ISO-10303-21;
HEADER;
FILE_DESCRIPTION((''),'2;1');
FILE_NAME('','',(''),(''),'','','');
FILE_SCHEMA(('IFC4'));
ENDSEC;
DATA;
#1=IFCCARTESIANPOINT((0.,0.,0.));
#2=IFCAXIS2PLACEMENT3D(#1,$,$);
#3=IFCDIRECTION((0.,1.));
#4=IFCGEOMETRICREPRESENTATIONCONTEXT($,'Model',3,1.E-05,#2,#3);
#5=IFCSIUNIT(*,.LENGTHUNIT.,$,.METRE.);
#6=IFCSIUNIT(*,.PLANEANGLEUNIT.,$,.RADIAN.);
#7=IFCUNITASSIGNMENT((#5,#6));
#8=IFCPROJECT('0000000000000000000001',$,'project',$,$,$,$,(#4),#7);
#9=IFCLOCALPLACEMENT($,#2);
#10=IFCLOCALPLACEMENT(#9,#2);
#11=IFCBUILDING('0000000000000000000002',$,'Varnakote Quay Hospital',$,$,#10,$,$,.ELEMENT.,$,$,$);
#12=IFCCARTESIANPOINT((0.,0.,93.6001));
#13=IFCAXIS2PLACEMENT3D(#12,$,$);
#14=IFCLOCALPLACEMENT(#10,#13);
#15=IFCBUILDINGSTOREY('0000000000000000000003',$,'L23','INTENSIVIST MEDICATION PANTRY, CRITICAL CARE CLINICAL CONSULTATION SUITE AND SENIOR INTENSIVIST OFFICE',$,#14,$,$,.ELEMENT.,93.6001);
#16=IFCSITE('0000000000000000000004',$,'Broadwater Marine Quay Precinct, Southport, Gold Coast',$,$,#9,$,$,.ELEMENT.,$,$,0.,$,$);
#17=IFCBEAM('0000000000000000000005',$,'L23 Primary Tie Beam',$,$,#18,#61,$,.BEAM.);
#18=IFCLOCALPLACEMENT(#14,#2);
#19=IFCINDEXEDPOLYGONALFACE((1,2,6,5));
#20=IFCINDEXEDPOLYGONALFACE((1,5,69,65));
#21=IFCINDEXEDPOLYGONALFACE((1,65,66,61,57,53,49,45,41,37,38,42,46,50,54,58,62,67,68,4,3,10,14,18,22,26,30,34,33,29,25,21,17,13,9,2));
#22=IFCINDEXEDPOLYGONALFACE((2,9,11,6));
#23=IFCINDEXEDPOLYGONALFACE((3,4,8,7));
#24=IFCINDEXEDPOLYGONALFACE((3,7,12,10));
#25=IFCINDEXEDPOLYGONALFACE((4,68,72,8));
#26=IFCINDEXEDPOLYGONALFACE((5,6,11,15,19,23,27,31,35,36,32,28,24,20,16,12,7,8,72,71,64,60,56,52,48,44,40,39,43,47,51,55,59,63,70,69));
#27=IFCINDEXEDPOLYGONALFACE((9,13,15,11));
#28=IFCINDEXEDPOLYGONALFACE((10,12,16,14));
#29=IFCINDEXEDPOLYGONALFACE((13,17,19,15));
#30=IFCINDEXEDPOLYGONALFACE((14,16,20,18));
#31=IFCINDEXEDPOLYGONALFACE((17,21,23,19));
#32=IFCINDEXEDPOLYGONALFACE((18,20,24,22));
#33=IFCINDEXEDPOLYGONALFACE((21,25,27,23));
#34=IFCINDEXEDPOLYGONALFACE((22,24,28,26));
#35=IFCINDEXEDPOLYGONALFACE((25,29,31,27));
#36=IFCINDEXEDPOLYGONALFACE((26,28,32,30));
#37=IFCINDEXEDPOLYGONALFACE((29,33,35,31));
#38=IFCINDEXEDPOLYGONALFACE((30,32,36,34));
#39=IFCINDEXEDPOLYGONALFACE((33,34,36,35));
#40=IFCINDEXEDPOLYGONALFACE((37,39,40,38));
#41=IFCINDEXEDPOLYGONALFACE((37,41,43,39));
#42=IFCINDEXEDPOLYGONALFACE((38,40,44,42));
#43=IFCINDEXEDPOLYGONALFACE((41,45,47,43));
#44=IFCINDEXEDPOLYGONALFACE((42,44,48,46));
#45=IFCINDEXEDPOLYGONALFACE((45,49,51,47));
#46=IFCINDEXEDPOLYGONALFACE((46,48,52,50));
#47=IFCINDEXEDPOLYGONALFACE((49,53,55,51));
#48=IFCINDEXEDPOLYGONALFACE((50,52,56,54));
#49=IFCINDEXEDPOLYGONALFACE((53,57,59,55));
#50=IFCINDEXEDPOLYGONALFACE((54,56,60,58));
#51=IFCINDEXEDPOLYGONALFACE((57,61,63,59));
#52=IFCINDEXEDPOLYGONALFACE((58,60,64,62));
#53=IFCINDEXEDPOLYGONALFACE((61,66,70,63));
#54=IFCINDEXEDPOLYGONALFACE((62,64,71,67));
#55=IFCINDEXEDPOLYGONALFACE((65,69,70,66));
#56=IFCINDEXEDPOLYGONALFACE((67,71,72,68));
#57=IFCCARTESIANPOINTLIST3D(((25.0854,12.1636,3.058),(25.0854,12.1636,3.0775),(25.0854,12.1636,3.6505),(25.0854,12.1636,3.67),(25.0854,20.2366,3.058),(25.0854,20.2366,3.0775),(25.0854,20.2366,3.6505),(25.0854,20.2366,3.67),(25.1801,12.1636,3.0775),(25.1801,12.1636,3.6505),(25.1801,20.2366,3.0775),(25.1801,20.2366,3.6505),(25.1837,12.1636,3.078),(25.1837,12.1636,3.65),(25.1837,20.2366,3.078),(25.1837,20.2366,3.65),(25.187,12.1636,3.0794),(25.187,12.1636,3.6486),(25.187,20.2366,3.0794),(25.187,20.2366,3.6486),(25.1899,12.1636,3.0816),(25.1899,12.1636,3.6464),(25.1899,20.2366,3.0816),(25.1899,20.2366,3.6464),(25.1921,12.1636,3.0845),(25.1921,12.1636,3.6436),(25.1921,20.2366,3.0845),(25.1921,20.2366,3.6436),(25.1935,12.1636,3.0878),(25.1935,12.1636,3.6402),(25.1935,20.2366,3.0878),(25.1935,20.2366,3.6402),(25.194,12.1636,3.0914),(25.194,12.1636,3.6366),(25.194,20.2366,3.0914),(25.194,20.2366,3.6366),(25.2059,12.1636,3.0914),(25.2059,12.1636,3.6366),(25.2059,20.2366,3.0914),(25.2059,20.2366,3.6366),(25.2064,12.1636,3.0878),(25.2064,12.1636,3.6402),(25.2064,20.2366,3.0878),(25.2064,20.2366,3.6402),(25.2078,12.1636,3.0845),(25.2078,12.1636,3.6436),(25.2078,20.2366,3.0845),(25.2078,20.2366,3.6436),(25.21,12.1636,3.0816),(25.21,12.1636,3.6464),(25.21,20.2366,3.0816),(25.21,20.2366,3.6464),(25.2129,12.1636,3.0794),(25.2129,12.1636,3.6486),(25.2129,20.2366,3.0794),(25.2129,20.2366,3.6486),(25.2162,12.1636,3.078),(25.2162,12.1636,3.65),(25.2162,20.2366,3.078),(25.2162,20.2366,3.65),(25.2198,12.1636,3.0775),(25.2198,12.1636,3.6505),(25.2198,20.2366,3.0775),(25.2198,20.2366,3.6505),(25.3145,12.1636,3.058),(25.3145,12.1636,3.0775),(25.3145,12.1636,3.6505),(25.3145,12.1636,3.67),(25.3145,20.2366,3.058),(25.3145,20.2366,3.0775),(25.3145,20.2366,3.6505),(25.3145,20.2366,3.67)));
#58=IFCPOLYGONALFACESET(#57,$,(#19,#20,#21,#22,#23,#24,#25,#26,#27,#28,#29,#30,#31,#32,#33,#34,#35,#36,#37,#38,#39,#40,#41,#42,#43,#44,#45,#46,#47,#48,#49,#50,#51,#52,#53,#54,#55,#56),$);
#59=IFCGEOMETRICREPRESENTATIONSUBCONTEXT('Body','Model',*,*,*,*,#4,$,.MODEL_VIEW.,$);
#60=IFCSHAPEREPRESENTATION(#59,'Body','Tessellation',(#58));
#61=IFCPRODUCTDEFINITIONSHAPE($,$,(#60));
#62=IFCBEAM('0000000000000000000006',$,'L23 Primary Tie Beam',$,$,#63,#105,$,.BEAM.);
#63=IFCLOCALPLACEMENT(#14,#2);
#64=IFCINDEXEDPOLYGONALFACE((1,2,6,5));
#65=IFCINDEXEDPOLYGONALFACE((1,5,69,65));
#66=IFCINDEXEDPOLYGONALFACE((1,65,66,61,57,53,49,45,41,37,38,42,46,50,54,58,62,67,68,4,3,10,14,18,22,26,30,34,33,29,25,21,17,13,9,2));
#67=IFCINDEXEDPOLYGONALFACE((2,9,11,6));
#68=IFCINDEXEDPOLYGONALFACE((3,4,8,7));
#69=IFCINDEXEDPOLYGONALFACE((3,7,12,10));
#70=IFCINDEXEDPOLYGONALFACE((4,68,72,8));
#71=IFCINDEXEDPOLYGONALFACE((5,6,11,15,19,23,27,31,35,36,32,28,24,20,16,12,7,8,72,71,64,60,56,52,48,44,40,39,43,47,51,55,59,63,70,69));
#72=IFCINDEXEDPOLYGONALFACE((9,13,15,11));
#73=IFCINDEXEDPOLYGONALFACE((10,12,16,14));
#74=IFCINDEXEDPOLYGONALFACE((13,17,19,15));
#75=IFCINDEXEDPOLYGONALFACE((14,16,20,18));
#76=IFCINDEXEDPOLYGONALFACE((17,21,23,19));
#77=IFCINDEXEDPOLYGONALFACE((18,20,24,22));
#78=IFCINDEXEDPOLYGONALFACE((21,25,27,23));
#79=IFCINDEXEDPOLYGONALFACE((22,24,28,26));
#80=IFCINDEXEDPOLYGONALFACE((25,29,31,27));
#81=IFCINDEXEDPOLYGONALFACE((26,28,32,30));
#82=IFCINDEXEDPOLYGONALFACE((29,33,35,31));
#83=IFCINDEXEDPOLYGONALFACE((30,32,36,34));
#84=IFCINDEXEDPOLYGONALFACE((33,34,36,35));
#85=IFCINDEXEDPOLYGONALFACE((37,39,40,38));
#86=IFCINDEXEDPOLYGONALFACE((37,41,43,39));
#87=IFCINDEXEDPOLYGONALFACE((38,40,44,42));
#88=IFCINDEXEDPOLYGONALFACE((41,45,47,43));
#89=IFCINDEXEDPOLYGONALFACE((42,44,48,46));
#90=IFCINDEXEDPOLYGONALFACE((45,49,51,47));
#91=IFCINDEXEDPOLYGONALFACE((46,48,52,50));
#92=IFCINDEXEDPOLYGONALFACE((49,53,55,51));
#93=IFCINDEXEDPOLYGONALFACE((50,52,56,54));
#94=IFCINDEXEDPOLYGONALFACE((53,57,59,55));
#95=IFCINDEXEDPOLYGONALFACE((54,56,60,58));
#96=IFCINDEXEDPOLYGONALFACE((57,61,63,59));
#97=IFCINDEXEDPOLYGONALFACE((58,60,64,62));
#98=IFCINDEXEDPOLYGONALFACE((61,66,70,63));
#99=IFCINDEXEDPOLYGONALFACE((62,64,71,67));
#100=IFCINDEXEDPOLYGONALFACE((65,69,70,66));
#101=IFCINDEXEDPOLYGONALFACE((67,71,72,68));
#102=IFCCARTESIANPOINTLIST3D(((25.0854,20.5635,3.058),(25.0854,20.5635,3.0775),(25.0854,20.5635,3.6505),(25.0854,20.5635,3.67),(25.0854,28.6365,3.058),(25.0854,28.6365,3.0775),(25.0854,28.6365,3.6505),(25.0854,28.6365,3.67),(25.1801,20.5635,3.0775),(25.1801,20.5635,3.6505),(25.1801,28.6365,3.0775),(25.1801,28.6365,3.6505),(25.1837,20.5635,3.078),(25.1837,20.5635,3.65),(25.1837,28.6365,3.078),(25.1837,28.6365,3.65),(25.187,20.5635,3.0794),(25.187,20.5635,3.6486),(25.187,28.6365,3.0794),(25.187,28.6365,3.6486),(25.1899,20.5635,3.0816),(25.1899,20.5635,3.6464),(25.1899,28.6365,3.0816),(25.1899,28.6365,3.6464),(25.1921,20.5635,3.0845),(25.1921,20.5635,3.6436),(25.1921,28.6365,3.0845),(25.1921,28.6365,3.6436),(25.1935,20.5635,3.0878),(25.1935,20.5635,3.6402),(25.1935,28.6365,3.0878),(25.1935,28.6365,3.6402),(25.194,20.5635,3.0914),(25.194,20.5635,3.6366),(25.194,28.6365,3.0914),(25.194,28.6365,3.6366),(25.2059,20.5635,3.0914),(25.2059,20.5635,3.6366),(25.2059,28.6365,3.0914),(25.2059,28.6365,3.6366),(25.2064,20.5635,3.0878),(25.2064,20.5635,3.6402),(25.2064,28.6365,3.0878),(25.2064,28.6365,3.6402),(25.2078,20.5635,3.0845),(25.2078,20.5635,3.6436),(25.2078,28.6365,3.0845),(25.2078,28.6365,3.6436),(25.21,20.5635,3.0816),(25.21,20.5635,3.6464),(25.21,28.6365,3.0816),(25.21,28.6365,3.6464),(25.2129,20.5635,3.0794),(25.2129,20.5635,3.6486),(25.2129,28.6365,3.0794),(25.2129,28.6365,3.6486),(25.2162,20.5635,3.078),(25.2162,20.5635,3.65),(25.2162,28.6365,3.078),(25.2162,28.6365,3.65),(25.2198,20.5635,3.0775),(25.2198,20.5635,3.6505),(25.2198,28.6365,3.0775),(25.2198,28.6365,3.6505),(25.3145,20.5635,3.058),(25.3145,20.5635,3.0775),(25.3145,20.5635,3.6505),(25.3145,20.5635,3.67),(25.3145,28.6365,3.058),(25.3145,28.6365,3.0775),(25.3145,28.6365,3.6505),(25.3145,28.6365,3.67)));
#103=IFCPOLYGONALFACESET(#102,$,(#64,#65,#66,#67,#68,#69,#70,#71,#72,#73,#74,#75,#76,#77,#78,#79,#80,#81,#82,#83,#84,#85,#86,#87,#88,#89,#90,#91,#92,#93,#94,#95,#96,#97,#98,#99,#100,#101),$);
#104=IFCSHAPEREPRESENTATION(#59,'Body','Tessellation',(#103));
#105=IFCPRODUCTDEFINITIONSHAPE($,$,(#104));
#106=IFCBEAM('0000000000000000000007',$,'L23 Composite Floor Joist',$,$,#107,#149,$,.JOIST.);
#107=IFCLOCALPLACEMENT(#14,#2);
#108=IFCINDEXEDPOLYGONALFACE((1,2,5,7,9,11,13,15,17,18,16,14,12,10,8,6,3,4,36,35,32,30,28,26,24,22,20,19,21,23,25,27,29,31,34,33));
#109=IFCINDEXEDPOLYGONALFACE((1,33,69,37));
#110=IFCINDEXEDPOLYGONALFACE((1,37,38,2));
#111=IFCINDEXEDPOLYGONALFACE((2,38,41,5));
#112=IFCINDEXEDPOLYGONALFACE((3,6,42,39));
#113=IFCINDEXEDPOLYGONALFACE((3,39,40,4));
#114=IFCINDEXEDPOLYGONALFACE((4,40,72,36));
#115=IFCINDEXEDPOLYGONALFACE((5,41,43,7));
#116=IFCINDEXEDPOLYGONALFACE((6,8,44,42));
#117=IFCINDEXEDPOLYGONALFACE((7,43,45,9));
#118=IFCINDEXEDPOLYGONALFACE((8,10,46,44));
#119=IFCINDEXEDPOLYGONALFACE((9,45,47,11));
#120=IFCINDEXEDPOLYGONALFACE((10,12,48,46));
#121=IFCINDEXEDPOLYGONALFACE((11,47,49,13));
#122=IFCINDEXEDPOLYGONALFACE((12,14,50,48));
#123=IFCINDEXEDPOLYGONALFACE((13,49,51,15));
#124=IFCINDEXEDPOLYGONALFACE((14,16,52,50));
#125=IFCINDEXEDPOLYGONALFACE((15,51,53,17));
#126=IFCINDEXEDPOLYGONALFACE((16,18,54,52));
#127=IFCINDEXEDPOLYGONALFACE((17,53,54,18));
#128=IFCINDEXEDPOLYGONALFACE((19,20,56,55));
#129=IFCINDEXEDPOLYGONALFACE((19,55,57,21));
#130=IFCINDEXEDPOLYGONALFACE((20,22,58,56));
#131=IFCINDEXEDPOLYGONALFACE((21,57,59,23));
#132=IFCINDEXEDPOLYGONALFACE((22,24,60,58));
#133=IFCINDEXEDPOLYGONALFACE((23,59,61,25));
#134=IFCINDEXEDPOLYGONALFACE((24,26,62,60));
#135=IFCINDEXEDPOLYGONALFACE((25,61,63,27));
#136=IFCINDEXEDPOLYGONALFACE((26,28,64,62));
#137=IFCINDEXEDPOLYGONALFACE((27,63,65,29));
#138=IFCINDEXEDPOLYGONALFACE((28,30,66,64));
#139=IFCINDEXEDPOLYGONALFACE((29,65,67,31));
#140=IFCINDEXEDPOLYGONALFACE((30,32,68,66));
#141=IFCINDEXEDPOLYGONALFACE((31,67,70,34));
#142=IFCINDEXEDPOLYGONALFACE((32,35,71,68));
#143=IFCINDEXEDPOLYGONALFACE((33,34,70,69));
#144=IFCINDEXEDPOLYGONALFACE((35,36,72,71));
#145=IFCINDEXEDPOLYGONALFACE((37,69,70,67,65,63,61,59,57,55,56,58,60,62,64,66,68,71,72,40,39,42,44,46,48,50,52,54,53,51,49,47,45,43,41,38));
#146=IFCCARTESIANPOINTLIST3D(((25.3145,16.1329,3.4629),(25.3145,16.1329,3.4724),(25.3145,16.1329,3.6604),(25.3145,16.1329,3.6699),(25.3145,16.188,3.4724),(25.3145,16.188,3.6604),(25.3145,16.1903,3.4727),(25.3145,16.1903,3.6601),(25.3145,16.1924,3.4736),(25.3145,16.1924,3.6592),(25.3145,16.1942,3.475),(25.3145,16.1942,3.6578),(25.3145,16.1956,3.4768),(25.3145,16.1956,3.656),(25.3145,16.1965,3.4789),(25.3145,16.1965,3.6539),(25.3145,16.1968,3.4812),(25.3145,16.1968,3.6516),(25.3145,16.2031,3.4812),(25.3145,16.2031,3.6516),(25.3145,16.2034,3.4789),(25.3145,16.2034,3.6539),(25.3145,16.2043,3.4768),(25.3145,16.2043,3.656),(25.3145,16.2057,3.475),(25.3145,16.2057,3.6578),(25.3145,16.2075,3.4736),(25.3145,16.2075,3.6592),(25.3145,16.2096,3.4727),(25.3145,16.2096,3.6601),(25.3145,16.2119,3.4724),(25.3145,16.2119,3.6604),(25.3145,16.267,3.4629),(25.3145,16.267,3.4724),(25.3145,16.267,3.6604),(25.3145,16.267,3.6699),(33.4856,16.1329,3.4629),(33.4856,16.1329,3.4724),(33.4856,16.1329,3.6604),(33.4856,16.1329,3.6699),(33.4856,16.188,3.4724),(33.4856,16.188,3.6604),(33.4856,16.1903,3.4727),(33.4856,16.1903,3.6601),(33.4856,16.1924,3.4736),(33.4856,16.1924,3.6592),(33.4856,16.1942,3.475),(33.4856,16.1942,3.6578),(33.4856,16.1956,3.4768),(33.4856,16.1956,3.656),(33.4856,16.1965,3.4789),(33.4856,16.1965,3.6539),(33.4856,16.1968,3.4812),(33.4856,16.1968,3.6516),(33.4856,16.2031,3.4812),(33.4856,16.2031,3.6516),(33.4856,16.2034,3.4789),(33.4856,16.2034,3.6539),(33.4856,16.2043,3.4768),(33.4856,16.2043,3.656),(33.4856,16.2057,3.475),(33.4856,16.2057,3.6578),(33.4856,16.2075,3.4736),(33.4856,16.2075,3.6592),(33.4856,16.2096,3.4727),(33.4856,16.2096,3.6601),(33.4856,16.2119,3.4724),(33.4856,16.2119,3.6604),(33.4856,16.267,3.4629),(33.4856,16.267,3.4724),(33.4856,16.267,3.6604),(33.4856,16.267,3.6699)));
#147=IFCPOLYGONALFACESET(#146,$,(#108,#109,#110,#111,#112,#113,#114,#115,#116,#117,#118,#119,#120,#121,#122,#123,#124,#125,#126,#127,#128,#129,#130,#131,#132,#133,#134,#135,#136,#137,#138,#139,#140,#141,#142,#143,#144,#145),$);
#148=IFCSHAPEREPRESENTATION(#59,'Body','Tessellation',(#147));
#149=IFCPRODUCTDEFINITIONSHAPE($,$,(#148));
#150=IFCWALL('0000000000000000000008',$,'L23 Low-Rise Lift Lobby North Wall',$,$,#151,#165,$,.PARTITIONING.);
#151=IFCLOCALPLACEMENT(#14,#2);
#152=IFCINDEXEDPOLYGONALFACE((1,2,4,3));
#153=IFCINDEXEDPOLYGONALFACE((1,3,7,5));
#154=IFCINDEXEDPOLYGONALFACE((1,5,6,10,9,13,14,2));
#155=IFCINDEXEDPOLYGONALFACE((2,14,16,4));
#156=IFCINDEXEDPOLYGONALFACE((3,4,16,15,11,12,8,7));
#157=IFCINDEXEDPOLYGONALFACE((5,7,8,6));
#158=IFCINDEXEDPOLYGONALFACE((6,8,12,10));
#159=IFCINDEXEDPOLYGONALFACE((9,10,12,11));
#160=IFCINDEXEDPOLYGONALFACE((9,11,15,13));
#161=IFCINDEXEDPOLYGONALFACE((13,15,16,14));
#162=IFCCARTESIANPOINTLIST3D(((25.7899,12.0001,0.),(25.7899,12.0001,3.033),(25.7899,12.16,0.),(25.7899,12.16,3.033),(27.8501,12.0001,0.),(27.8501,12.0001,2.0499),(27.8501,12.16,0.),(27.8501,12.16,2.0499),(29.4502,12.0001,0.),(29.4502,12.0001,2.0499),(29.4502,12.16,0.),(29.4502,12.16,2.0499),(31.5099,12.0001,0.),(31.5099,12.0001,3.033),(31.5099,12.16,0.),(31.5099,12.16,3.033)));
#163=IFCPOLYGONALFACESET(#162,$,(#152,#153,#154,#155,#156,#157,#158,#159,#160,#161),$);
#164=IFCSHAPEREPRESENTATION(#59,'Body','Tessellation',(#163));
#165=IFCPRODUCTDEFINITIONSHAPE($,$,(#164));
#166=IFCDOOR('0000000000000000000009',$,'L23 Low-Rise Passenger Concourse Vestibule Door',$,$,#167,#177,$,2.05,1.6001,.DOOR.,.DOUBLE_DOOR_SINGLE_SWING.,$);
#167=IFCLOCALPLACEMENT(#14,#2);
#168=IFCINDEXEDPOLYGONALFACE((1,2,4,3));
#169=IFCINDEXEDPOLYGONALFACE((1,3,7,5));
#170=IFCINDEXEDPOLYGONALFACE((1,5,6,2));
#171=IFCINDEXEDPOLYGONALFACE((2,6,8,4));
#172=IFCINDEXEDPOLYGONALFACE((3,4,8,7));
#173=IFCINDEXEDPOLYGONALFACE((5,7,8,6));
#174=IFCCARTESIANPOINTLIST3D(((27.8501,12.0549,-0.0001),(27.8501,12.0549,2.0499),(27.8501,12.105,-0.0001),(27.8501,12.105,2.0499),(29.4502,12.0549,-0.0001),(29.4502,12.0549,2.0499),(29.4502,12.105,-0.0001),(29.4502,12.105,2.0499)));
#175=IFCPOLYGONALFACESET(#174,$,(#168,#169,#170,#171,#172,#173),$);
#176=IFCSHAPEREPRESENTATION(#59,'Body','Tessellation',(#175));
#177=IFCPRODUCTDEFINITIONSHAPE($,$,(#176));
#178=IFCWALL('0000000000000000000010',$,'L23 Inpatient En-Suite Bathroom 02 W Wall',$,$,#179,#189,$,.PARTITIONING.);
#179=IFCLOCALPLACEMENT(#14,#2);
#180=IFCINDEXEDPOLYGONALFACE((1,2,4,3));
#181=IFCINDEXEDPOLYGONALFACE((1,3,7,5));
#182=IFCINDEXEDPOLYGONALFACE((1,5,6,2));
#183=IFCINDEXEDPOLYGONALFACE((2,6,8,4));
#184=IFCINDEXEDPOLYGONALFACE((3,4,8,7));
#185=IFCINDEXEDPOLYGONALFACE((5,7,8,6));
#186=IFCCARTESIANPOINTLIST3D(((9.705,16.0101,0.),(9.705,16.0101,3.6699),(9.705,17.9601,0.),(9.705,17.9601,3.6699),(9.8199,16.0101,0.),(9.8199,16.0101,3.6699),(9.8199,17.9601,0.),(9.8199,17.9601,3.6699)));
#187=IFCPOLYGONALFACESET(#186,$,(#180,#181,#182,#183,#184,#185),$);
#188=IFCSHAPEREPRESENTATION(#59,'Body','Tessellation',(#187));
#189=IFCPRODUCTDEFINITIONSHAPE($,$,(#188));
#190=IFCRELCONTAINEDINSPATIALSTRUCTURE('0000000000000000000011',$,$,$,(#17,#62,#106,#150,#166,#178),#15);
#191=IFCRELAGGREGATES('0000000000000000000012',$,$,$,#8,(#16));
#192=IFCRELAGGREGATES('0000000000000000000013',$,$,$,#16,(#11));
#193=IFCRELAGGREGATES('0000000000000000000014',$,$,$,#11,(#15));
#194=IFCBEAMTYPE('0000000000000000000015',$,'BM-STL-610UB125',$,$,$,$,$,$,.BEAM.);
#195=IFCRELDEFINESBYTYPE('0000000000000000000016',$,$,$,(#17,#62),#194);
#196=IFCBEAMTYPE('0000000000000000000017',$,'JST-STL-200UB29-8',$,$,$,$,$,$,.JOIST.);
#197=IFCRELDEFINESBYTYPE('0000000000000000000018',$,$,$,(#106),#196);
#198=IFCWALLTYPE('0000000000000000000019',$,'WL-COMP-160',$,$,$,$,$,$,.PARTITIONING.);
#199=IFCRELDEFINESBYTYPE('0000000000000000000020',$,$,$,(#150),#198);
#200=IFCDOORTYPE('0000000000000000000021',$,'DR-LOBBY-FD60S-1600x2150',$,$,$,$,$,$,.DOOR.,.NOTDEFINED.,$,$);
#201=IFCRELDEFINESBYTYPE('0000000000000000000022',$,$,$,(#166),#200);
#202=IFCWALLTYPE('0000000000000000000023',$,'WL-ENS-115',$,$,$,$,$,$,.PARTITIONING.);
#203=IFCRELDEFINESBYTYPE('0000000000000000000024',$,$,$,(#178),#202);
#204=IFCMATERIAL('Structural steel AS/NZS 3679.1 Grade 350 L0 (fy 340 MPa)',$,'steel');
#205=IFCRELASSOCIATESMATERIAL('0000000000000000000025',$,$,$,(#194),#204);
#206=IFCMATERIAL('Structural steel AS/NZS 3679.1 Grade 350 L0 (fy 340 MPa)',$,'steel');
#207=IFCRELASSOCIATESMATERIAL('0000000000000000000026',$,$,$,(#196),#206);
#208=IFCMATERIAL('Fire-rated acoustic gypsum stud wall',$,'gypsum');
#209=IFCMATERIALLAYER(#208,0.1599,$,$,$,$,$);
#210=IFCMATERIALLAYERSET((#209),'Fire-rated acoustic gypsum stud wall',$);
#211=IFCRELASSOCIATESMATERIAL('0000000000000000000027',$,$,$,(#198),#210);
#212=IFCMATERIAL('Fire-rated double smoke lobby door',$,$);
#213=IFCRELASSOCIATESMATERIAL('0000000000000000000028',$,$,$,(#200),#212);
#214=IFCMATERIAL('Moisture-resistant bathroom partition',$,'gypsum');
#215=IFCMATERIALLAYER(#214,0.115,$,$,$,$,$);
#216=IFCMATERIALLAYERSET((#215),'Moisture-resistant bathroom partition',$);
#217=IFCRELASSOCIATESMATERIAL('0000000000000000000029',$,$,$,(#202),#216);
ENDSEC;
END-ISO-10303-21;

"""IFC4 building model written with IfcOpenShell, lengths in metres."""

from ifc_helpers import new_model, si_unit, direction, frame, frame_2d, origin, origin_2d, place, context, subcontext, project, spatial, rectangle, i_section, extrude, material, layer, layer_set, material_profile, profile_set, type_object, element, fill, save


model = new_model("IFC4")

# Units and contexts
model_context = context("Model", 3, precision=1e-05, world=origin(), true_north=direction((0.0, 1.0)))
body_context = subcontext(model_context, "Body", "Model", "MODEL_VIEW")
ifc_project = project(units=[si_unit("LENGTHUNIT", "METRE"), si_unit("PLANEANGLEUNIT", "RADIAN")], contexts=[model_context])

# Site, building, storey
site_placement = place(None, origin())
site = spatial("IfcSite", under=ifc_project, at=site_placement, Name="Broadwater Marine Quay Precinct, Southport, Gold Coast", CompositionType="ELEMENT", RefElevation=0.0)
building_placement = place(site_placement, origin())
building = spatial("IfcBuilding", under=site, at=building_placement, Name="Varnakote Quay Hospital", CompositionType="ELEMENT")
storey_placement = place(building_placement, frame((0.0, 0.0, 93.6001)))
storey = spatial("IfcBuildingStorey", under=building, at=storey_placement, Name="L23", Description="INTENSIVIST MEDICATION PANTRY, CRITICAL CARE CLINICAL CONSULTATION SUITE AND SENIOR INTENSIVIST OFFICE", CompositionType="ELEMENT", Elevation=93.6001)

# Beams
ifc_material_1 = material(Name="Structural steel AS/NZS 3679.1 Grade 350 L0 (fy 340 MPa)", Category="steel")
ifc_material_profile_1 = material_profile(ifc_material_1, i_section(OverallWidth=0.229, OverallDepth=0.6121, WebThickness=0.012, FlangeThickness=0.0195, FilletRadius=0.0139, at=origin_2d()), Name="610UB125")
ifc_profile_set_1 = profile_set([ifc_material_profile_1], Name="Structural steel AS/NZS 3679.1 Grade 350 L0 (fy 340 MPa)")
beam_type_1 = type_object("IfcBeamType", Name="BM-STL-610UB125", PredefinedType="BEAM", material=ifc_profile_set_1)
for number, where, z_axis, x_axis, name in (
    (1, (25.2, 12.1636, 3.364), (0.0, 1.0, 0.0), (-1.0, 0.0, 0.0), "L23 Primary Tie Beam"),
    (2, (25.2, 20.5635, 3.364), (0.0, 1.0, 0.0), (-1.0, 0.0, 0.0), "L23 Primary Tie Beam"),
):
    element("IfcBeam", number, at=place(storey_placement, frame(where, z_axis=z_axis, x_axis=x_axis)), inside=storey, type_object=beam_type_1, Name=name, PredefinedType="BEAM", context=body_context, shape_type="SweptSolid", body=[
        extrude(i_section(OverallWidth=0.229, OverallDepth=0.6121, WebThickness=0.012, FlangeThickness=0.0195, FilletRadius=0.0139, at=origin_2d()), origin(), (0.0, 0.0, 1.0), 8.073),
    ])
ifc_material_2 = material(Name="Structural steel AS/NZS 3679.1 Grade 350 L0 (fy 340 MPa)", Category="steel")
ifc_material_profile_2 = material_profile(ifc_material_2, i_section(OverallWidth=0.134, OverallDepth=0.207, WebThickness=0.0063, FlangeThickness=0.0095, FilletRadius=0.0088, at=origin_2d()), Name="200UB29.8")
ifc_profile_set_2 = profile_set([ifc_material_profile_2], Name="Structural steel AS/NZS 3679.1 Grade 350 L0 (fy 340 MPa)")
beam_type_2 = type_object("IfcBeamType", Name="JST-STL-200UB29-8", PredefinedType="JOIST", material=ifc_profile_set_2)
beam_placement = place(storey_placement, frame((25.3145, 16.2, 3.5664), z_axis=(1.0, 0.0, 0.0), x_axis=(0.0, 1.0, 0.0)))
element("IfcBeam", 3, at=beam_placement, inside=storey, type_object=beam_type_2, Name="L23 Composite Floor Joist", PredefinedType="JOIST", context=body_context, shape_type="SweptSolid", body=[
    extrude(i_section(OverallWidth=0.134, OverallDepth=0.207, WebThickness=0.0063, FlangeThickness=0.0095, FilletRadius=0.0088, at=origin_2d()), origin(), (0.0, 0.0, 1.0), 8.1711),
])

# Wall, opening, door
ifc_material_3 = material(Name="Fire-rated acoustic gypsum stud wall", Category="gypsum")
ifc_layer_1 = layer(ifc_material_3, 0.1599)
ifc_layer_set_1 = layer_set([ifc_layer_1], Name="Fire-rated acoustic gypsum stud wall")
wall_type_1 = type_object("IfcWallType", Name="WL-COMP-160", PredefinedType="PARTITIONING", material=ifc_layer_set_1)
wall_1_placement = place(storey_placement, frame((25.79, 12.0801, 0.0), z_axis=(0.0, 0.0, 1.0), x_axis=(1.0, 0.0, 0.0)))
wall_1 = element("IfcWall", 4, at=wall_1_placement, inside=storey, type_object=wall_type_1, Name="L23 Low-Rise Lift Lobby North Wall", PredefinedType="PARTITIONING", context=body_context, shape_type="SweptSolid", body=[
    extrude(rectangle(XDim=5.72, YDim=0.1599, at=frame_2d((2.8599, 0.0))), origin(), (0.0, 0.0, 1.0), 3.033),
])
opening_1_placement = place(wall_1_placement, frame((2.0601, 0.0, 0.0)))
opening_1 = element("IfcOpeningElement", 5, at=opening_1_placement, cuts=wall_1, PredefinedType="OPENING", context=body_context, shape_type="SweptSolid", body=[
    extrude(rectangle(XDim=1.6001, YDim=2.05, at=frame_2d((0.8, 1.0249))), frame((0.0, 0.0898, 0.0), z_axis=(0.0, -1.0, 0.0), x_axis=(1.0, 0.0, 0.0)), (0.0, 0.0, 1.0), 0.1799),
])
ifc_material_4 = material(Name="Fire-rated double smoke lobby door")
door_type_1 = type_object("IfcDoorType", Name="DR-LOBBY-FD60S-1600x2150", OperationType="NOTDEFINED", PredefinedType="DOOR", material=ifc_material_4)
door_1_placement = place(opening_1_placement, origin())
door_1 = element("IfcDoor", 6, at=door_1_placement, inside=storey, type_object=door_type_1, Name="L23 Low-Rise Passenger Concourse Vestibule Door", OperationType="DOUBLE_DOOR_SINGLE_SWING", OverallHeight=2.05, OverallWidth=1.6001, PredefinedType="DOOR", context=body_context, shape_type="SweptSolid", body=[
    extrude(rectangle(XDim=1.6001, YDim=2.05, at=frame_2d((0.8, 1.0249))), frame((0.0, 0.0249, 0.0), z_axis=(0.0, -1.0, 0.0), x_axis=(1.0, 0.0, 0.0)), (0.0, 0.0, 1.0), 0.05),
])
fill(opening_1, door_1)

# Wall
ifc_material_5 = material(Name="Moisture-resistant bathroom partition", Category="gypsum")
ifc_layer_2 = layer(ifc_material_5, 0.115)
ifc_layer_set_2 = layer_set([ifc_layer_2], Name="Moisture-resistant bathroom partition")
wall_type_2 = type_object("IfcWallType", Name="WL-ENS-115", PredefinedType="PARTITIONING", material=ifc_layer_set_2)
wall_2_placement = place(storey_placement, frame((9.7625, 16.01, 0.0), z_axis=(0.0, 0.0, 1.0), x_axis=(0.0, 1.0, 0.0)))
element("IfcWall", 7, at=wall_2_placement, inside=storey, type_object=wall_type_2, Name="L23 Inpatient En-Suite Bathroom 02 W Wall", PredefinedType="PARTITIONING", context=body_context, shape_type="SweptSolid", body=[
    extrude(rectangle(XDim=1.95, YDim=0.115, at=frame_2d((0.9751, 0.0))), origin(), (0.0, 0.0, 1.0), 3.6699),
])

save(model, "model.ifc")
